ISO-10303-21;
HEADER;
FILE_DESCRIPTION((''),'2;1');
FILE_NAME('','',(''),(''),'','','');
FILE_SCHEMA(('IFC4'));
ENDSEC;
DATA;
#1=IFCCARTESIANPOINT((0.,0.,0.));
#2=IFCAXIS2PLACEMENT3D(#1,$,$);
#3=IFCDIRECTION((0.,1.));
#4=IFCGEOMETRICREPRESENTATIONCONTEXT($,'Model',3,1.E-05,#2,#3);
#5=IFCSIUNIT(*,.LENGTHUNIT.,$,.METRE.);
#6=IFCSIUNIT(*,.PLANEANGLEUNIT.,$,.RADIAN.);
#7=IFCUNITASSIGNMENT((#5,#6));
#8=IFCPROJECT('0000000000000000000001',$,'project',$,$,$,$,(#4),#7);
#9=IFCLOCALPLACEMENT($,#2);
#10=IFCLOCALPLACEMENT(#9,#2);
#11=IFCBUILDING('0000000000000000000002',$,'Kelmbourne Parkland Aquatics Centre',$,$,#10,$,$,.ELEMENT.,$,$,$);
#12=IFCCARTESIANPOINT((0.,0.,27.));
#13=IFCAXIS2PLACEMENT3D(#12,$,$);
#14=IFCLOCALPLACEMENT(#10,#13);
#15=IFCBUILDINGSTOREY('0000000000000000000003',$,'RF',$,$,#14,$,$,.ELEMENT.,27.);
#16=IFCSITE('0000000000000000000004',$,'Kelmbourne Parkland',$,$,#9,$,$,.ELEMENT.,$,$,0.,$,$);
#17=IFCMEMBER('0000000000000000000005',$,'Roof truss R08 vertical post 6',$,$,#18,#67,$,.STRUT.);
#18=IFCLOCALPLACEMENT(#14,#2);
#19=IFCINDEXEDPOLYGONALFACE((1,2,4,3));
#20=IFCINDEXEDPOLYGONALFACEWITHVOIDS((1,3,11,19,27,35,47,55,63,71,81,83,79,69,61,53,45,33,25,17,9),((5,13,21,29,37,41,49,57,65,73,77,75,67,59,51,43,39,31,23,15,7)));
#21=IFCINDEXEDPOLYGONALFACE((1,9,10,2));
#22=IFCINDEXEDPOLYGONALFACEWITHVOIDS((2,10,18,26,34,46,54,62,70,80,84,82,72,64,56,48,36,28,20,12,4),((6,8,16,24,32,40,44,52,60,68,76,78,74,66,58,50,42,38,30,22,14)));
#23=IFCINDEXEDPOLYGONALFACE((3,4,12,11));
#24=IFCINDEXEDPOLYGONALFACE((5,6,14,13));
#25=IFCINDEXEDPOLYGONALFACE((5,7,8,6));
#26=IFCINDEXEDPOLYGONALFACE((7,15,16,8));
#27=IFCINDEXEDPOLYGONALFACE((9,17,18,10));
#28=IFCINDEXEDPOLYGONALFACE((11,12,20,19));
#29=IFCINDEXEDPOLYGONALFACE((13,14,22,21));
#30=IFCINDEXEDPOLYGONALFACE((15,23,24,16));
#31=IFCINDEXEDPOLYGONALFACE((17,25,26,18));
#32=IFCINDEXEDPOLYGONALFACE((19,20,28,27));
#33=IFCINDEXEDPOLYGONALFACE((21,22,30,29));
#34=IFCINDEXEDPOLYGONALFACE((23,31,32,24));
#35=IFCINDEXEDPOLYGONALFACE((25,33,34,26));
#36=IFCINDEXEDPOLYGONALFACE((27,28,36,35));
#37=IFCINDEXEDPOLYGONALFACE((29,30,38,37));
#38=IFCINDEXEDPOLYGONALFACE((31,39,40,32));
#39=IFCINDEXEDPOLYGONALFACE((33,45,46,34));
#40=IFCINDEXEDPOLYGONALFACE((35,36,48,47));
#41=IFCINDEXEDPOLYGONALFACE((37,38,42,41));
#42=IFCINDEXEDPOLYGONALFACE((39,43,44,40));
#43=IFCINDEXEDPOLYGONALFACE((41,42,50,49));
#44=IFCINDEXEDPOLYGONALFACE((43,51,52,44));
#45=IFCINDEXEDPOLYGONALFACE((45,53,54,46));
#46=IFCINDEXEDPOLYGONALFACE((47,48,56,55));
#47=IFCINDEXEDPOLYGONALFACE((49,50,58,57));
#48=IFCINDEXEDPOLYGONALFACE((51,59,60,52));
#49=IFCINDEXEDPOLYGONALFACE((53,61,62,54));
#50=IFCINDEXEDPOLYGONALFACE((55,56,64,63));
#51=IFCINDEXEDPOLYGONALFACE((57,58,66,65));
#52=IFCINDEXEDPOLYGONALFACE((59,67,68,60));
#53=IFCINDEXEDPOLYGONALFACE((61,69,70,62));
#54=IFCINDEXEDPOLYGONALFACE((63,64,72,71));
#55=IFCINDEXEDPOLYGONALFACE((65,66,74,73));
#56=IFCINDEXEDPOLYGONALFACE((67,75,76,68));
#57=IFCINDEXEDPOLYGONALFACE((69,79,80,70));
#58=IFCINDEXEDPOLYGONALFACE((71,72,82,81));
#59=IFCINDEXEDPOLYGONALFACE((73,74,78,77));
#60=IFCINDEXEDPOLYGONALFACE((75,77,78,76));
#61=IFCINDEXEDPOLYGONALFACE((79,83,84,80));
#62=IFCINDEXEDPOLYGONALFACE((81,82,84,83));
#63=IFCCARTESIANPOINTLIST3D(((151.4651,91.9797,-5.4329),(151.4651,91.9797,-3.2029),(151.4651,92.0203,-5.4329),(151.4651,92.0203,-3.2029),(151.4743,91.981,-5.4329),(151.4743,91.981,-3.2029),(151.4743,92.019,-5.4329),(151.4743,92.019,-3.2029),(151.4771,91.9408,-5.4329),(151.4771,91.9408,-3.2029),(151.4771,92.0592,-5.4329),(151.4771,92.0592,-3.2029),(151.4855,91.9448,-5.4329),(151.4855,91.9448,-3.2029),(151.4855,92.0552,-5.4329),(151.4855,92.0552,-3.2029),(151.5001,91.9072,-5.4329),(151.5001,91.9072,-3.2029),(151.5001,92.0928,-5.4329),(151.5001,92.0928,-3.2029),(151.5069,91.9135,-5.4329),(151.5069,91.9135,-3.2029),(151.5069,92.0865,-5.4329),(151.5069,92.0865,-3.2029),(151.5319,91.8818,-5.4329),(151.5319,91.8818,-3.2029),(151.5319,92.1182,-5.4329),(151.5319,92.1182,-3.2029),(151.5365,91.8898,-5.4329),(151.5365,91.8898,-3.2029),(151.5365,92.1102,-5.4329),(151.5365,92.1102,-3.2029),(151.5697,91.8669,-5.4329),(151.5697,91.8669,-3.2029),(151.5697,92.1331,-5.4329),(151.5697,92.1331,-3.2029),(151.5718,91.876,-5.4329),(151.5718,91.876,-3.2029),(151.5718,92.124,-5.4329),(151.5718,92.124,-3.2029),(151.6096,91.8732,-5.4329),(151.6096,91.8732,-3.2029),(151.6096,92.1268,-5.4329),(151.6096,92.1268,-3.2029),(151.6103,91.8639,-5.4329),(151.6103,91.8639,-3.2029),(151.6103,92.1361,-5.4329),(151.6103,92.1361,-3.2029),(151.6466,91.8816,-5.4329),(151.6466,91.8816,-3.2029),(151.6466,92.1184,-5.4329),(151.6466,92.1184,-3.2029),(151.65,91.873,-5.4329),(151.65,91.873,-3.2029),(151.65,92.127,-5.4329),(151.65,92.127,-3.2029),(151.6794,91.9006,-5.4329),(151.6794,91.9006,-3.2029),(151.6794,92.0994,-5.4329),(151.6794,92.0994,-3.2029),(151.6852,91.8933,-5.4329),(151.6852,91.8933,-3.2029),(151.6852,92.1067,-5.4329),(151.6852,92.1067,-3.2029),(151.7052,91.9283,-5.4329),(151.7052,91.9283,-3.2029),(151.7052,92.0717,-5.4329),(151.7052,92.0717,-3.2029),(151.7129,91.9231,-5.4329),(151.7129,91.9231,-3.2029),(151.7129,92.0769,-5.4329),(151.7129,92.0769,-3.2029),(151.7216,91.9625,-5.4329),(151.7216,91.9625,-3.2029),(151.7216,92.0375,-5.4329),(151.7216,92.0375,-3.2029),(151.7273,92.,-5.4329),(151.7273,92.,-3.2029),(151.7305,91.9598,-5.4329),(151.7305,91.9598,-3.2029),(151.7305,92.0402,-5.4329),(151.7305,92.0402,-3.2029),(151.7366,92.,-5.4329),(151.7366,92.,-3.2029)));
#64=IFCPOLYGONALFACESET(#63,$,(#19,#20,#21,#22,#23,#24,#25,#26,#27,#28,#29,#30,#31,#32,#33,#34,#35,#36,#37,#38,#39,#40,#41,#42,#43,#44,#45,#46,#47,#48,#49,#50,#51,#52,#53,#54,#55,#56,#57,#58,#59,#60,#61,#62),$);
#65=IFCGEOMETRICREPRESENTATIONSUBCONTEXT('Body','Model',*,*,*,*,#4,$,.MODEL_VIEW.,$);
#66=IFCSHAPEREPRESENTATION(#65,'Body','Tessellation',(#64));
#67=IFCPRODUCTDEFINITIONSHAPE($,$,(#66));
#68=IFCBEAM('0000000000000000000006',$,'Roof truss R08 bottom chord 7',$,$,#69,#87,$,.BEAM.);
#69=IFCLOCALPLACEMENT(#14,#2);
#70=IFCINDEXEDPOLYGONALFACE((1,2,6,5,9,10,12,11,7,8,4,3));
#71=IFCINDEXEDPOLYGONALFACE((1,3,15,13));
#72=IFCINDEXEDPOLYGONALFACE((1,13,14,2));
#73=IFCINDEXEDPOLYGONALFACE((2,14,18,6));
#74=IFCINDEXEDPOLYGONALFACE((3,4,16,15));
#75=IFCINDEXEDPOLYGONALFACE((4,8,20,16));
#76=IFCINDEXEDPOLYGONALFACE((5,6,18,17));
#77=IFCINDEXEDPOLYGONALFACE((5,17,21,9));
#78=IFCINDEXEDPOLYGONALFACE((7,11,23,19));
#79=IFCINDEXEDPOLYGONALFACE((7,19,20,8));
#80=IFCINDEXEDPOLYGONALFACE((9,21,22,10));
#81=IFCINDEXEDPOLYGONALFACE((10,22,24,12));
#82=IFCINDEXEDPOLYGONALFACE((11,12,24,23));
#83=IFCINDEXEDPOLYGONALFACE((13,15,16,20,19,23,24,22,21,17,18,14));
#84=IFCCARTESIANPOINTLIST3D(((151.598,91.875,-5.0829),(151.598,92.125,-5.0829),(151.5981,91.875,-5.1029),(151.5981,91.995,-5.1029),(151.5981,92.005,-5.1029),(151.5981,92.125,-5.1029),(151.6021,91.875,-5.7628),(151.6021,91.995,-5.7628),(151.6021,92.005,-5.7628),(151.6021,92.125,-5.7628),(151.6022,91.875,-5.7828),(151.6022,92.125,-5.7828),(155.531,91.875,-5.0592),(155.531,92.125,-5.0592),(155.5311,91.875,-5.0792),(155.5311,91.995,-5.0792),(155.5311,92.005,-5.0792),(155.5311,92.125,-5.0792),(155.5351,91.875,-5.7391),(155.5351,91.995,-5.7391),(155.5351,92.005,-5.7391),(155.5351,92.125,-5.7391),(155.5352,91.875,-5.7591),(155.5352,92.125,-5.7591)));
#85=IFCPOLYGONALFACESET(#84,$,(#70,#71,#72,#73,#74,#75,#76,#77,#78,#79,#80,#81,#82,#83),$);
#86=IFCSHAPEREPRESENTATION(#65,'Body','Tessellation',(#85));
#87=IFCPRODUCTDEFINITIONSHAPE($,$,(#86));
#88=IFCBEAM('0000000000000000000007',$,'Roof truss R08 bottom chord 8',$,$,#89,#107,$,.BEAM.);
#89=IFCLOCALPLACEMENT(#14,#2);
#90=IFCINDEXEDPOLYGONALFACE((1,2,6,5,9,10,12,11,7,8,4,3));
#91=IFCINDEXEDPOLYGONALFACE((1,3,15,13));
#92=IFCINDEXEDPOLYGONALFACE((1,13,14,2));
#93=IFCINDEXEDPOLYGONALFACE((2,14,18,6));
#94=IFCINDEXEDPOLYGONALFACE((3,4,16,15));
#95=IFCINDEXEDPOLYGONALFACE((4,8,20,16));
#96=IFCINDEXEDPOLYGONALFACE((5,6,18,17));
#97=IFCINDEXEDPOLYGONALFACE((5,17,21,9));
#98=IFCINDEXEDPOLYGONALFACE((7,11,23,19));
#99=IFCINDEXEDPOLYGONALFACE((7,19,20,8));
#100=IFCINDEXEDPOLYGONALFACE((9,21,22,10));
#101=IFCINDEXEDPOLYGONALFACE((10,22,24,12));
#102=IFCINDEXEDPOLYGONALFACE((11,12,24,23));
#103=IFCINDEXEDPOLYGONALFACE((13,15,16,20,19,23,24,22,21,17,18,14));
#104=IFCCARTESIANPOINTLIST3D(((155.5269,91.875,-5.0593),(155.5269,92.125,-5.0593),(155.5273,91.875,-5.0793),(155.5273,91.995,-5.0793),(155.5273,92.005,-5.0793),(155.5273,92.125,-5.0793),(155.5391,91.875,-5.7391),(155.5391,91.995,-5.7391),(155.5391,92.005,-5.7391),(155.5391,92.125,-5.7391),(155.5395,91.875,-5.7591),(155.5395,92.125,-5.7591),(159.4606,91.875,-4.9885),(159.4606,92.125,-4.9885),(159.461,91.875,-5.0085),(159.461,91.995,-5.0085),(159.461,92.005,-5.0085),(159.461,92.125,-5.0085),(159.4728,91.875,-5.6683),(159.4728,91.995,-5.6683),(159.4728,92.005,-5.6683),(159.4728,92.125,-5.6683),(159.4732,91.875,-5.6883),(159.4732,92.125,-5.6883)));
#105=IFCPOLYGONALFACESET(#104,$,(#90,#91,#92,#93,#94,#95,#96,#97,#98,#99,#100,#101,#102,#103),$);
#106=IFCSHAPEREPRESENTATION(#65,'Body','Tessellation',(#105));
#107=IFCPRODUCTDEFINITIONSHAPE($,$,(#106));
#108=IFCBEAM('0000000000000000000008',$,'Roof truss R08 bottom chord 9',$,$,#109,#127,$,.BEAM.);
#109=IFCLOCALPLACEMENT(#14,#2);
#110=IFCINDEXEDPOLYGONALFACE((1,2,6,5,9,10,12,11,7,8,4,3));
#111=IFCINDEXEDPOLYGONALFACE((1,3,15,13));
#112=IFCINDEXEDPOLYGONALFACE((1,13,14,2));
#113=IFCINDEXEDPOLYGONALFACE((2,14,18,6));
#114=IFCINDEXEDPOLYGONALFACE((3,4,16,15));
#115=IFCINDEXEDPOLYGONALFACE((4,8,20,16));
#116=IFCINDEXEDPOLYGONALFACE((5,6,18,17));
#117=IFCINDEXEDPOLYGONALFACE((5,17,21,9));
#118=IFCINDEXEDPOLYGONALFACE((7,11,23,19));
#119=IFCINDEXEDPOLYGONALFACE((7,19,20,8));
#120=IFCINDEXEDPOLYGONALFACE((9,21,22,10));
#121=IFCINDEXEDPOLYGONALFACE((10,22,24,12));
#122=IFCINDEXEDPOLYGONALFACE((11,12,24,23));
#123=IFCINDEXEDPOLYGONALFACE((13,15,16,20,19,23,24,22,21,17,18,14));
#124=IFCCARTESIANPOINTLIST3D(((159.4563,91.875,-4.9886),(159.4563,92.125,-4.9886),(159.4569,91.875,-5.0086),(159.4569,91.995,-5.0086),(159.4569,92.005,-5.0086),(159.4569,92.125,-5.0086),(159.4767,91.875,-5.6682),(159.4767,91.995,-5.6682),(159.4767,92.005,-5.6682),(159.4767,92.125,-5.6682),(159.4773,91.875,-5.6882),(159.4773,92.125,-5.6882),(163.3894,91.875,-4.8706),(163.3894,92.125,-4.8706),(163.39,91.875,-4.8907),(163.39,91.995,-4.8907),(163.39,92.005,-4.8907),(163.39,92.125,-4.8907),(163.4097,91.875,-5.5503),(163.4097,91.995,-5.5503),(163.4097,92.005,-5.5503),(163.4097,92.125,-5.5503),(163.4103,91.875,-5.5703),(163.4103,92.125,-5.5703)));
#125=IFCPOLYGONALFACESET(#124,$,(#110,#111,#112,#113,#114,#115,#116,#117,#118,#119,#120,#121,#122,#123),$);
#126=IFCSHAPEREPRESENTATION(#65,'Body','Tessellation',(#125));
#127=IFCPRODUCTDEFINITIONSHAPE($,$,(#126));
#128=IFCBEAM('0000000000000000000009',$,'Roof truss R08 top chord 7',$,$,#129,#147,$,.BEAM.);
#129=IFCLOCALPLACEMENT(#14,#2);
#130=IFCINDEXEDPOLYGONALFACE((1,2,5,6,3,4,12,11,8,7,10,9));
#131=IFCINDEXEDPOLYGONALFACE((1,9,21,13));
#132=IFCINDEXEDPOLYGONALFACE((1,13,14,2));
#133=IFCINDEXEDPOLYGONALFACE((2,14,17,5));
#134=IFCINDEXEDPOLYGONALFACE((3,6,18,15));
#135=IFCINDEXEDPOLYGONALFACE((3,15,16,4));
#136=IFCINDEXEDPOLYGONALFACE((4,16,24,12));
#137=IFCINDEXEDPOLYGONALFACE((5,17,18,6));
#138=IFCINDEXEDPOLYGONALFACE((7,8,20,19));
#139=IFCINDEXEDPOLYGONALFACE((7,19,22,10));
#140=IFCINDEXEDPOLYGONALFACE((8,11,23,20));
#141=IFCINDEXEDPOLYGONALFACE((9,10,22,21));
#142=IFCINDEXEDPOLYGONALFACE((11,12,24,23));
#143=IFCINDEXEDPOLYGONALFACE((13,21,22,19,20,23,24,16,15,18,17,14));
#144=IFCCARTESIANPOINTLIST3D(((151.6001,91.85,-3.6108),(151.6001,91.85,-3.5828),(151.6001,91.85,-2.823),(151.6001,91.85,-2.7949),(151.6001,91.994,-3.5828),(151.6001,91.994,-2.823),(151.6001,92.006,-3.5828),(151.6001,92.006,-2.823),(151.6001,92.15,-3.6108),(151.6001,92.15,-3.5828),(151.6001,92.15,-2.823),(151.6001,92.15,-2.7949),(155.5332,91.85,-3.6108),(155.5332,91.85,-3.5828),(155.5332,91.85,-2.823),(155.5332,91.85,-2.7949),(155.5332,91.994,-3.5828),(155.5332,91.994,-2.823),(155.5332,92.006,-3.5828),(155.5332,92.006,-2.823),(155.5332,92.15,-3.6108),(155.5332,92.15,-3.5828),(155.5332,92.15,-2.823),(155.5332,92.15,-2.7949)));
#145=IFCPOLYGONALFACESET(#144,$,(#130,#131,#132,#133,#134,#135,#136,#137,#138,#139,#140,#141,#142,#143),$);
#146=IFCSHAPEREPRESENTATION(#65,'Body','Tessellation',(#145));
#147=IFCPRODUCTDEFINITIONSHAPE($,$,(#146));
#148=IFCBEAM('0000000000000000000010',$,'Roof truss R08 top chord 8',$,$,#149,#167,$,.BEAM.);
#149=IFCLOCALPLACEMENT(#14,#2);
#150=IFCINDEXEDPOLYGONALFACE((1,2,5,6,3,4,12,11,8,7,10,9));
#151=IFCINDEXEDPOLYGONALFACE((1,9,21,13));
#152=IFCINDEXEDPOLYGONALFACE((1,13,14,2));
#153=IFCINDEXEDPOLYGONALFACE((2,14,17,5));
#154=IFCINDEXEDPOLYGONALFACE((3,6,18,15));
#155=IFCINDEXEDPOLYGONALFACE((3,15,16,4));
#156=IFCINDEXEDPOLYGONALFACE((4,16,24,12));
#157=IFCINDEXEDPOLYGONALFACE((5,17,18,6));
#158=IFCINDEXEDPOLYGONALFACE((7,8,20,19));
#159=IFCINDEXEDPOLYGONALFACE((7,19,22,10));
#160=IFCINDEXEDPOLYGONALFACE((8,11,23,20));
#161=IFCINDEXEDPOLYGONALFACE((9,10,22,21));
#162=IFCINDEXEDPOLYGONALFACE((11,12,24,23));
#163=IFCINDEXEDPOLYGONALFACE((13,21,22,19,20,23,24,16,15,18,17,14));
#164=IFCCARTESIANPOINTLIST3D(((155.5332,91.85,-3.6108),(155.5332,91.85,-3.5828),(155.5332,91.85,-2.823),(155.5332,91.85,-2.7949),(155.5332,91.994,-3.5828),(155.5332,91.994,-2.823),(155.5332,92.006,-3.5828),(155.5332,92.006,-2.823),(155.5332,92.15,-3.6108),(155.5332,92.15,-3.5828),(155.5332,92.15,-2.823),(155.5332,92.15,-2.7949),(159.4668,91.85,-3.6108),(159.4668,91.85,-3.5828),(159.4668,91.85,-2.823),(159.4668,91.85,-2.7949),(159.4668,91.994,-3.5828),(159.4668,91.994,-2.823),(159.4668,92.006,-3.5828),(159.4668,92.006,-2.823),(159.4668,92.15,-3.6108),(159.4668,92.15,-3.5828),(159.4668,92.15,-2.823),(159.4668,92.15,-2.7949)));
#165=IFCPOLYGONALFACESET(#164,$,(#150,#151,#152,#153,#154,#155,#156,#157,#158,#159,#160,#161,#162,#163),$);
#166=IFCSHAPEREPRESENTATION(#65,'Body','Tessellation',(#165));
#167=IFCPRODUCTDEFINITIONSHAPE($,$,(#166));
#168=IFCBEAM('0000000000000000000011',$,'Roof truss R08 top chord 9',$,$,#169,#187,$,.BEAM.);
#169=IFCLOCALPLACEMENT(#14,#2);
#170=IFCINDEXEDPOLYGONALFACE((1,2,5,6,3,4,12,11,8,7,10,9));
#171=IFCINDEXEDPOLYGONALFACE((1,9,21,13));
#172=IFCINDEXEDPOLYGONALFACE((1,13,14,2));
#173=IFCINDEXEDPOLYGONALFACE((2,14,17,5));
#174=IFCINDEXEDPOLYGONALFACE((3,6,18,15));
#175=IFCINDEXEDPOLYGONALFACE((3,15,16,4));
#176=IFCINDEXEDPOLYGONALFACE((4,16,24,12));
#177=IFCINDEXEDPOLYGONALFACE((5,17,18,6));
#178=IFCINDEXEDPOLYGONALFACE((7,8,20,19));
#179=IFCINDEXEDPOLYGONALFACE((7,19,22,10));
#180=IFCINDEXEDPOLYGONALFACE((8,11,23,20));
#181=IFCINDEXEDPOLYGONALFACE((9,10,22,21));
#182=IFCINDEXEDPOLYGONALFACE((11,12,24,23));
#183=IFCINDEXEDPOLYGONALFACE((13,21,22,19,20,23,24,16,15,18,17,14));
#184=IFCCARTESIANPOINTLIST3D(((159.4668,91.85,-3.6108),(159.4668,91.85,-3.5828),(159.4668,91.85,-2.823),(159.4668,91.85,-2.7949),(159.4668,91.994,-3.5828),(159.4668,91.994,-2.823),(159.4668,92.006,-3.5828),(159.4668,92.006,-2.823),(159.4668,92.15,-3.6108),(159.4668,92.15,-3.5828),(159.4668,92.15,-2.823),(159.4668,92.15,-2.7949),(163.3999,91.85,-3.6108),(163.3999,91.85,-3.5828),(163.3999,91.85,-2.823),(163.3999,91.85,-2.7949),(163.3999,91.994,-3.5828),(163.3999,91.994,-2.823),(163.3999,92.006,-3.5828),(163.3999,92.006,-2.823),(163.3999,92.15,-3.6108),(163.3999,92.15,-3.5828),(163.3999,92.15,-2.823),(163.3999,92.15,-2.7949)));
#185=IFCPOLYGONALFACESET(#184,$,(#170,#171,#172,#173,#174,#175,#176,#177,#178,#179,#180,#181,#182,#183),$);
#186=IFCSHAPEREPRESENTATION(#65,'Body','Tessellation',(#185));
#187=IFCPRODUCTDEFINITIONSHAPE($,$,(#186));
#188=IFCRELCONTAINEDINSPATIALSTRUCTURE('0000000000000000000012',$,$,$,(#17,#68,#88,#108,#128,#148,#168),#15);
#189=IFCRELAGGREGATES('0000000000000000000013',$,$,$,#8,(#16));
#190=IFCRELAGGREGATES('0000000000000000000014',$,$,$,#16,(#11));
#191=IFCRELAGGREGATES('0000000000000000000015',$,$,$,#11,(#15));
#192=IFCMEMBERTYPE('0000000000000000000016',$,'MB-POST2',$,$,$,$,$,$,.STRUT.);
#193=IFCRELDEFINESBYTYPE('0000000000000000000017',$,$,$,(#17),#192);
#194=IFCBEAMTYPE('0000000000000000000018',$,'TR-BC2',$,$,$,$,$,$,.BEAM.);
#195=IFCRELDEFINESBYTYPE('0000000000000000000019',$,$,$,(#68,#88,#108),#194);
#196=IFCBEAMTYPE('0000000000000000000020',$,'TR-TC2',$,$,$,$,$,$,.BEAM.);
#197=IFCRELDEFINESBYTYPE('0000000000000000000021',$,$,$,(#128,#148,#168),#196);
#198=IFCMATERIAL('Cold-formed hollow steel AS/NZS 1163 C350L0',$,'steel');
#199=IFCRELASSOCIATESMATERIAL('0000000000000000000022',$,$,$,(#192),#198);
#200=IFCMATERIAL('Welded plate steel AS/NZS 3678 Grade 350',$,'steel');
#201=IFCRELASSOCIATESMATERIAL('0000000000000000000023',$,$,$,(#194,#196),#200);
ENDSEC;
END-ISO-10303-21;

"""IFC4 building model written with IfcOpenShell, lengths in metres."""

from ifc_helpers import new_model, si_unit, direction, frame, origin, origin_2d, place, context, subcontext, project, spatial, hollow_circle, i_section, extrude, material, material_profile, profile_set, type_object, element, save


model = new_model("IFC4")

# Units and contexts
model_context = context("Model", 3, precision=1e-05, world=origin(), true_north=direction((0.0, 1.0)))
body_context = subcontext(model_context, "Body", "Model", "MODEL_VIEW")
ifc_project = project(units=[si_unit("LENGTHUNIT", "METRE"), si_unit("PLANEANGLEUNIT", "RADIAN")], contexts=[model_context])

# Site, building, storey
site_placement = place(None, origin())
site = spatial("IfcSite", under=ifc_project, at=site_placement, Name="Kelmbourne Parkland", CompositionType="ELEMENT", RefElevation=0.0)
building_placement = place(site_placement, origin())
building = spatial("IfcBuilding", under=site, at=building_placement, Name="Kelmbourne Parkland Aquatics Centre", CompositionType="ELEMENT")
storey_placement = place(building_placement, frame((0.0, 0.0, 27.0)))
storey = spatial("IfcBuildingStorey", under=building, at=storey_placement, Name="RF", CompositionType="ELEMENT", Elevation=27.0)

# Member
ifc_material_1 = material(Name="Cold-formed hollow steel AS/NZS 1163 C350L0", Category="steel")
ifc_material_profile_1 = material_profile(ifc_material_1, hollow_circle(Radius=0.1365, WallThickness=0.0093, at=origin_2d()), Name="CHS 273.1x9.3")
ifc_profile_set_1 = profile_set([ifc_material_profile_1], Name="Cold-formed hollow steel AS/NZS 1163 C350L0")
member_type_1 = type_object("IfcMemberType", Name="MB-POST2", PredefinedType="STRUT", material=ifc_profile_set_1)
member_1_placement = place(storey_placement, frame((151.6001, 92.0, -5.4329), z_axis=(0.0, 0.0, 1.0), x_axis=(1.0, 0.0, 0.0)))
element("IfcMember", 1, at=member_1_placement, inside=storey, type_object=member_type_1, Name="Roof truss R08 vertical post 6", PredefinedType="STRUT", context=body_context, shape_type="SweptSolid", body=[
    extrude(hollow_circle(Radius=0.1365, WallThickness=0.0093, at=origin_2d()), origin(), (0.0, 0.0, 1.0), 2.23),
])

# Beams
ifc_material_2 = material(Name="Welded plate steel AS/NZS 3678 Grade 350", Category="steel")
ifc_material_profile_2 = material_profile(ifc_material_2, i_section(OverallWidth=0.25, OverallDepth=0.7, WebThickness=0.01, FlangeThickness=0.02, at=origin_2d()), Name="700WB130")
ifc_profile_set_2 = profile_set([ifc_material_profile_2], Name="Welded plate steel AS/NZS 3678 Grade 350")
beam_type_1 = type_object("IfcBeamType", Name="TR-BC2", PredefinedType="BEAM", material=ifc_profile_set_2)
beam_1_placement = place(storey_placement, frame((151.6001, 92.0, -5.4329), z_axis=(0.999982, 0.0, 0.006021), x_axis=(0.0, 1.0, 0.0)))
element("IfcBeam", 2, at=beam_1_placement, inside=storey, type_object=beam_type_1, Name="Roof truss R08 bottom chord 7", PredefinedType="BEAM", context=body_context, shape_type="SweptSolid", body=[
    extrude(i_section(OverallWidth=0.25, OverallDepth=0.7, WebThickness=0.01, FlangeThickness=0.02, at=origin_2d()), origin(), (0.0, 0.0, 1.0), 3.9331),
])
beam_2_placement = place(storey_placement, frame((155.5332, 92.0, -5.4092), z_axis=(0.999838, 0.0, 0.017996), x_axis=(0.0, 1.0, 0.0)))
element("IfcBeam", 3, at=beam_2_placement, inside=storey, type_object=beam_type_1, Name="Roof truss R08 bottom chord 8", PredefinedType="BEAM", context=body_context, shape_type="SweptSolid", body=[
    extrude(i_section(OverallWidth=0.25, OverallDepth=0.7, WebThickness=0.01, FlangeThickness=0.02, at=origin_2d()), origin(), (0.0, 0.0, 1.0), 3.9343),
])
beam_3_placement = place(storey_placement, frame((159.4668, 92.0, -5.3384), z_axis=(0.999551, 0.0, 0.029968), x_axis=(0.0, 1.0, 0.0)))
element("IfcBeam", 4, at=beam_3_placement, inside=storey, type_object=beam_type_1, Name="Roof truss R08 bottom chord 9", PredefinedType="BEAM", context=body_context, shape_type="SweptSolid", body=[
    extrude(i_section(OverallWidth=0.25, OverallDepth=0.7, WebThickness=0.01, FlangeThickness=0.02, at=origin_2d()), origin(), (0.0, 0.0, 1.0), 3.9348),
])
ifc_material_profile_3 = material_profile(ifc_material_2, i_section(OverallWidth=0.3, OverallDepth=0.8159, WebThickness=0.012, FlangeThickness=0.0281, at=origin_2d()), Name="800WB192")
ifc_profile_set_3 = profile_set([ifc_material_profile_3], Name="Welded plate steel AS/NZS 3678 Grade 350")
beam_type_2 = type_object("IfcBeamType", Name="TR-TC2", PredefinedType="BEAM", material=ifc_profile_set_3)
beam_4_placement = place(storey_placement, frame((151.6001, 92.0, -3.2029), z_axis=(1.0, 0.0, 0.0), x_axis=(0.0, 1.0, 0.0)))
element("IfcBeam", 5, at=beam_4_placement, inside=storey, type_object=beam_type_2, Name="Roof truss R08 top chord 7", PredefinedType="BEAM", context=body_context, shape_type="SweptSolid", body=[
    extrude(i_section(OverallWidth=0.3, OverallDepth=0.8159, WebThickness=0.012, FlangeThickness=0.0281, at=origin_2d()), origin(), (0.0, 0.0, 1.0), 3.9331),
])
beam_5_placement = place(storey_placement, frame((155.5332, 92.0, -3.2029), z_axis=(1.0, 0.0, 0.0), x_axis=(0.0, 1.0, 0.0)))
element("IfcBeam", 6, at=beam_5_placement, inside=storey, type_object=beam_type_2, Name="Roof truss R08 top chord 8", PredefinedType="BEAM", context=body_context, shape_type="SweptSolid", body=[
    extrude(i_section(OverallWidth=0.3, OverallDepth=0.8159, WebThickness=0.012, FlangeThickness=0.0281, at=origin_2d()), origin(), (0.0, 0.0, 1.0), 3.9336),
])
beam_6_placement = place(storey_placement, frame((159.4668, 92.0, -3.2029), z_axis=(1.0, 0.0, 0.0), x_axis=(0.0, 1.0, 0.0)))
element("IfcBeam", 7, at=beam_6_placement, inside=storey, type_object=beam_type_2, Name="Roof truss R08 top chord 9", PredefinedType="BEAM", context=body_context, shape_type="SweptSolid", body=[
    extrude(i_section(OverallWidth=0.3, OverallDepth=0.8159, WebThickness=0.012, FlangeThickness=0.0281, at=origin_2d()), origin(), (0.0, 0.0, 1.0), 3.9331),
])

save(model, "model.ifc")
